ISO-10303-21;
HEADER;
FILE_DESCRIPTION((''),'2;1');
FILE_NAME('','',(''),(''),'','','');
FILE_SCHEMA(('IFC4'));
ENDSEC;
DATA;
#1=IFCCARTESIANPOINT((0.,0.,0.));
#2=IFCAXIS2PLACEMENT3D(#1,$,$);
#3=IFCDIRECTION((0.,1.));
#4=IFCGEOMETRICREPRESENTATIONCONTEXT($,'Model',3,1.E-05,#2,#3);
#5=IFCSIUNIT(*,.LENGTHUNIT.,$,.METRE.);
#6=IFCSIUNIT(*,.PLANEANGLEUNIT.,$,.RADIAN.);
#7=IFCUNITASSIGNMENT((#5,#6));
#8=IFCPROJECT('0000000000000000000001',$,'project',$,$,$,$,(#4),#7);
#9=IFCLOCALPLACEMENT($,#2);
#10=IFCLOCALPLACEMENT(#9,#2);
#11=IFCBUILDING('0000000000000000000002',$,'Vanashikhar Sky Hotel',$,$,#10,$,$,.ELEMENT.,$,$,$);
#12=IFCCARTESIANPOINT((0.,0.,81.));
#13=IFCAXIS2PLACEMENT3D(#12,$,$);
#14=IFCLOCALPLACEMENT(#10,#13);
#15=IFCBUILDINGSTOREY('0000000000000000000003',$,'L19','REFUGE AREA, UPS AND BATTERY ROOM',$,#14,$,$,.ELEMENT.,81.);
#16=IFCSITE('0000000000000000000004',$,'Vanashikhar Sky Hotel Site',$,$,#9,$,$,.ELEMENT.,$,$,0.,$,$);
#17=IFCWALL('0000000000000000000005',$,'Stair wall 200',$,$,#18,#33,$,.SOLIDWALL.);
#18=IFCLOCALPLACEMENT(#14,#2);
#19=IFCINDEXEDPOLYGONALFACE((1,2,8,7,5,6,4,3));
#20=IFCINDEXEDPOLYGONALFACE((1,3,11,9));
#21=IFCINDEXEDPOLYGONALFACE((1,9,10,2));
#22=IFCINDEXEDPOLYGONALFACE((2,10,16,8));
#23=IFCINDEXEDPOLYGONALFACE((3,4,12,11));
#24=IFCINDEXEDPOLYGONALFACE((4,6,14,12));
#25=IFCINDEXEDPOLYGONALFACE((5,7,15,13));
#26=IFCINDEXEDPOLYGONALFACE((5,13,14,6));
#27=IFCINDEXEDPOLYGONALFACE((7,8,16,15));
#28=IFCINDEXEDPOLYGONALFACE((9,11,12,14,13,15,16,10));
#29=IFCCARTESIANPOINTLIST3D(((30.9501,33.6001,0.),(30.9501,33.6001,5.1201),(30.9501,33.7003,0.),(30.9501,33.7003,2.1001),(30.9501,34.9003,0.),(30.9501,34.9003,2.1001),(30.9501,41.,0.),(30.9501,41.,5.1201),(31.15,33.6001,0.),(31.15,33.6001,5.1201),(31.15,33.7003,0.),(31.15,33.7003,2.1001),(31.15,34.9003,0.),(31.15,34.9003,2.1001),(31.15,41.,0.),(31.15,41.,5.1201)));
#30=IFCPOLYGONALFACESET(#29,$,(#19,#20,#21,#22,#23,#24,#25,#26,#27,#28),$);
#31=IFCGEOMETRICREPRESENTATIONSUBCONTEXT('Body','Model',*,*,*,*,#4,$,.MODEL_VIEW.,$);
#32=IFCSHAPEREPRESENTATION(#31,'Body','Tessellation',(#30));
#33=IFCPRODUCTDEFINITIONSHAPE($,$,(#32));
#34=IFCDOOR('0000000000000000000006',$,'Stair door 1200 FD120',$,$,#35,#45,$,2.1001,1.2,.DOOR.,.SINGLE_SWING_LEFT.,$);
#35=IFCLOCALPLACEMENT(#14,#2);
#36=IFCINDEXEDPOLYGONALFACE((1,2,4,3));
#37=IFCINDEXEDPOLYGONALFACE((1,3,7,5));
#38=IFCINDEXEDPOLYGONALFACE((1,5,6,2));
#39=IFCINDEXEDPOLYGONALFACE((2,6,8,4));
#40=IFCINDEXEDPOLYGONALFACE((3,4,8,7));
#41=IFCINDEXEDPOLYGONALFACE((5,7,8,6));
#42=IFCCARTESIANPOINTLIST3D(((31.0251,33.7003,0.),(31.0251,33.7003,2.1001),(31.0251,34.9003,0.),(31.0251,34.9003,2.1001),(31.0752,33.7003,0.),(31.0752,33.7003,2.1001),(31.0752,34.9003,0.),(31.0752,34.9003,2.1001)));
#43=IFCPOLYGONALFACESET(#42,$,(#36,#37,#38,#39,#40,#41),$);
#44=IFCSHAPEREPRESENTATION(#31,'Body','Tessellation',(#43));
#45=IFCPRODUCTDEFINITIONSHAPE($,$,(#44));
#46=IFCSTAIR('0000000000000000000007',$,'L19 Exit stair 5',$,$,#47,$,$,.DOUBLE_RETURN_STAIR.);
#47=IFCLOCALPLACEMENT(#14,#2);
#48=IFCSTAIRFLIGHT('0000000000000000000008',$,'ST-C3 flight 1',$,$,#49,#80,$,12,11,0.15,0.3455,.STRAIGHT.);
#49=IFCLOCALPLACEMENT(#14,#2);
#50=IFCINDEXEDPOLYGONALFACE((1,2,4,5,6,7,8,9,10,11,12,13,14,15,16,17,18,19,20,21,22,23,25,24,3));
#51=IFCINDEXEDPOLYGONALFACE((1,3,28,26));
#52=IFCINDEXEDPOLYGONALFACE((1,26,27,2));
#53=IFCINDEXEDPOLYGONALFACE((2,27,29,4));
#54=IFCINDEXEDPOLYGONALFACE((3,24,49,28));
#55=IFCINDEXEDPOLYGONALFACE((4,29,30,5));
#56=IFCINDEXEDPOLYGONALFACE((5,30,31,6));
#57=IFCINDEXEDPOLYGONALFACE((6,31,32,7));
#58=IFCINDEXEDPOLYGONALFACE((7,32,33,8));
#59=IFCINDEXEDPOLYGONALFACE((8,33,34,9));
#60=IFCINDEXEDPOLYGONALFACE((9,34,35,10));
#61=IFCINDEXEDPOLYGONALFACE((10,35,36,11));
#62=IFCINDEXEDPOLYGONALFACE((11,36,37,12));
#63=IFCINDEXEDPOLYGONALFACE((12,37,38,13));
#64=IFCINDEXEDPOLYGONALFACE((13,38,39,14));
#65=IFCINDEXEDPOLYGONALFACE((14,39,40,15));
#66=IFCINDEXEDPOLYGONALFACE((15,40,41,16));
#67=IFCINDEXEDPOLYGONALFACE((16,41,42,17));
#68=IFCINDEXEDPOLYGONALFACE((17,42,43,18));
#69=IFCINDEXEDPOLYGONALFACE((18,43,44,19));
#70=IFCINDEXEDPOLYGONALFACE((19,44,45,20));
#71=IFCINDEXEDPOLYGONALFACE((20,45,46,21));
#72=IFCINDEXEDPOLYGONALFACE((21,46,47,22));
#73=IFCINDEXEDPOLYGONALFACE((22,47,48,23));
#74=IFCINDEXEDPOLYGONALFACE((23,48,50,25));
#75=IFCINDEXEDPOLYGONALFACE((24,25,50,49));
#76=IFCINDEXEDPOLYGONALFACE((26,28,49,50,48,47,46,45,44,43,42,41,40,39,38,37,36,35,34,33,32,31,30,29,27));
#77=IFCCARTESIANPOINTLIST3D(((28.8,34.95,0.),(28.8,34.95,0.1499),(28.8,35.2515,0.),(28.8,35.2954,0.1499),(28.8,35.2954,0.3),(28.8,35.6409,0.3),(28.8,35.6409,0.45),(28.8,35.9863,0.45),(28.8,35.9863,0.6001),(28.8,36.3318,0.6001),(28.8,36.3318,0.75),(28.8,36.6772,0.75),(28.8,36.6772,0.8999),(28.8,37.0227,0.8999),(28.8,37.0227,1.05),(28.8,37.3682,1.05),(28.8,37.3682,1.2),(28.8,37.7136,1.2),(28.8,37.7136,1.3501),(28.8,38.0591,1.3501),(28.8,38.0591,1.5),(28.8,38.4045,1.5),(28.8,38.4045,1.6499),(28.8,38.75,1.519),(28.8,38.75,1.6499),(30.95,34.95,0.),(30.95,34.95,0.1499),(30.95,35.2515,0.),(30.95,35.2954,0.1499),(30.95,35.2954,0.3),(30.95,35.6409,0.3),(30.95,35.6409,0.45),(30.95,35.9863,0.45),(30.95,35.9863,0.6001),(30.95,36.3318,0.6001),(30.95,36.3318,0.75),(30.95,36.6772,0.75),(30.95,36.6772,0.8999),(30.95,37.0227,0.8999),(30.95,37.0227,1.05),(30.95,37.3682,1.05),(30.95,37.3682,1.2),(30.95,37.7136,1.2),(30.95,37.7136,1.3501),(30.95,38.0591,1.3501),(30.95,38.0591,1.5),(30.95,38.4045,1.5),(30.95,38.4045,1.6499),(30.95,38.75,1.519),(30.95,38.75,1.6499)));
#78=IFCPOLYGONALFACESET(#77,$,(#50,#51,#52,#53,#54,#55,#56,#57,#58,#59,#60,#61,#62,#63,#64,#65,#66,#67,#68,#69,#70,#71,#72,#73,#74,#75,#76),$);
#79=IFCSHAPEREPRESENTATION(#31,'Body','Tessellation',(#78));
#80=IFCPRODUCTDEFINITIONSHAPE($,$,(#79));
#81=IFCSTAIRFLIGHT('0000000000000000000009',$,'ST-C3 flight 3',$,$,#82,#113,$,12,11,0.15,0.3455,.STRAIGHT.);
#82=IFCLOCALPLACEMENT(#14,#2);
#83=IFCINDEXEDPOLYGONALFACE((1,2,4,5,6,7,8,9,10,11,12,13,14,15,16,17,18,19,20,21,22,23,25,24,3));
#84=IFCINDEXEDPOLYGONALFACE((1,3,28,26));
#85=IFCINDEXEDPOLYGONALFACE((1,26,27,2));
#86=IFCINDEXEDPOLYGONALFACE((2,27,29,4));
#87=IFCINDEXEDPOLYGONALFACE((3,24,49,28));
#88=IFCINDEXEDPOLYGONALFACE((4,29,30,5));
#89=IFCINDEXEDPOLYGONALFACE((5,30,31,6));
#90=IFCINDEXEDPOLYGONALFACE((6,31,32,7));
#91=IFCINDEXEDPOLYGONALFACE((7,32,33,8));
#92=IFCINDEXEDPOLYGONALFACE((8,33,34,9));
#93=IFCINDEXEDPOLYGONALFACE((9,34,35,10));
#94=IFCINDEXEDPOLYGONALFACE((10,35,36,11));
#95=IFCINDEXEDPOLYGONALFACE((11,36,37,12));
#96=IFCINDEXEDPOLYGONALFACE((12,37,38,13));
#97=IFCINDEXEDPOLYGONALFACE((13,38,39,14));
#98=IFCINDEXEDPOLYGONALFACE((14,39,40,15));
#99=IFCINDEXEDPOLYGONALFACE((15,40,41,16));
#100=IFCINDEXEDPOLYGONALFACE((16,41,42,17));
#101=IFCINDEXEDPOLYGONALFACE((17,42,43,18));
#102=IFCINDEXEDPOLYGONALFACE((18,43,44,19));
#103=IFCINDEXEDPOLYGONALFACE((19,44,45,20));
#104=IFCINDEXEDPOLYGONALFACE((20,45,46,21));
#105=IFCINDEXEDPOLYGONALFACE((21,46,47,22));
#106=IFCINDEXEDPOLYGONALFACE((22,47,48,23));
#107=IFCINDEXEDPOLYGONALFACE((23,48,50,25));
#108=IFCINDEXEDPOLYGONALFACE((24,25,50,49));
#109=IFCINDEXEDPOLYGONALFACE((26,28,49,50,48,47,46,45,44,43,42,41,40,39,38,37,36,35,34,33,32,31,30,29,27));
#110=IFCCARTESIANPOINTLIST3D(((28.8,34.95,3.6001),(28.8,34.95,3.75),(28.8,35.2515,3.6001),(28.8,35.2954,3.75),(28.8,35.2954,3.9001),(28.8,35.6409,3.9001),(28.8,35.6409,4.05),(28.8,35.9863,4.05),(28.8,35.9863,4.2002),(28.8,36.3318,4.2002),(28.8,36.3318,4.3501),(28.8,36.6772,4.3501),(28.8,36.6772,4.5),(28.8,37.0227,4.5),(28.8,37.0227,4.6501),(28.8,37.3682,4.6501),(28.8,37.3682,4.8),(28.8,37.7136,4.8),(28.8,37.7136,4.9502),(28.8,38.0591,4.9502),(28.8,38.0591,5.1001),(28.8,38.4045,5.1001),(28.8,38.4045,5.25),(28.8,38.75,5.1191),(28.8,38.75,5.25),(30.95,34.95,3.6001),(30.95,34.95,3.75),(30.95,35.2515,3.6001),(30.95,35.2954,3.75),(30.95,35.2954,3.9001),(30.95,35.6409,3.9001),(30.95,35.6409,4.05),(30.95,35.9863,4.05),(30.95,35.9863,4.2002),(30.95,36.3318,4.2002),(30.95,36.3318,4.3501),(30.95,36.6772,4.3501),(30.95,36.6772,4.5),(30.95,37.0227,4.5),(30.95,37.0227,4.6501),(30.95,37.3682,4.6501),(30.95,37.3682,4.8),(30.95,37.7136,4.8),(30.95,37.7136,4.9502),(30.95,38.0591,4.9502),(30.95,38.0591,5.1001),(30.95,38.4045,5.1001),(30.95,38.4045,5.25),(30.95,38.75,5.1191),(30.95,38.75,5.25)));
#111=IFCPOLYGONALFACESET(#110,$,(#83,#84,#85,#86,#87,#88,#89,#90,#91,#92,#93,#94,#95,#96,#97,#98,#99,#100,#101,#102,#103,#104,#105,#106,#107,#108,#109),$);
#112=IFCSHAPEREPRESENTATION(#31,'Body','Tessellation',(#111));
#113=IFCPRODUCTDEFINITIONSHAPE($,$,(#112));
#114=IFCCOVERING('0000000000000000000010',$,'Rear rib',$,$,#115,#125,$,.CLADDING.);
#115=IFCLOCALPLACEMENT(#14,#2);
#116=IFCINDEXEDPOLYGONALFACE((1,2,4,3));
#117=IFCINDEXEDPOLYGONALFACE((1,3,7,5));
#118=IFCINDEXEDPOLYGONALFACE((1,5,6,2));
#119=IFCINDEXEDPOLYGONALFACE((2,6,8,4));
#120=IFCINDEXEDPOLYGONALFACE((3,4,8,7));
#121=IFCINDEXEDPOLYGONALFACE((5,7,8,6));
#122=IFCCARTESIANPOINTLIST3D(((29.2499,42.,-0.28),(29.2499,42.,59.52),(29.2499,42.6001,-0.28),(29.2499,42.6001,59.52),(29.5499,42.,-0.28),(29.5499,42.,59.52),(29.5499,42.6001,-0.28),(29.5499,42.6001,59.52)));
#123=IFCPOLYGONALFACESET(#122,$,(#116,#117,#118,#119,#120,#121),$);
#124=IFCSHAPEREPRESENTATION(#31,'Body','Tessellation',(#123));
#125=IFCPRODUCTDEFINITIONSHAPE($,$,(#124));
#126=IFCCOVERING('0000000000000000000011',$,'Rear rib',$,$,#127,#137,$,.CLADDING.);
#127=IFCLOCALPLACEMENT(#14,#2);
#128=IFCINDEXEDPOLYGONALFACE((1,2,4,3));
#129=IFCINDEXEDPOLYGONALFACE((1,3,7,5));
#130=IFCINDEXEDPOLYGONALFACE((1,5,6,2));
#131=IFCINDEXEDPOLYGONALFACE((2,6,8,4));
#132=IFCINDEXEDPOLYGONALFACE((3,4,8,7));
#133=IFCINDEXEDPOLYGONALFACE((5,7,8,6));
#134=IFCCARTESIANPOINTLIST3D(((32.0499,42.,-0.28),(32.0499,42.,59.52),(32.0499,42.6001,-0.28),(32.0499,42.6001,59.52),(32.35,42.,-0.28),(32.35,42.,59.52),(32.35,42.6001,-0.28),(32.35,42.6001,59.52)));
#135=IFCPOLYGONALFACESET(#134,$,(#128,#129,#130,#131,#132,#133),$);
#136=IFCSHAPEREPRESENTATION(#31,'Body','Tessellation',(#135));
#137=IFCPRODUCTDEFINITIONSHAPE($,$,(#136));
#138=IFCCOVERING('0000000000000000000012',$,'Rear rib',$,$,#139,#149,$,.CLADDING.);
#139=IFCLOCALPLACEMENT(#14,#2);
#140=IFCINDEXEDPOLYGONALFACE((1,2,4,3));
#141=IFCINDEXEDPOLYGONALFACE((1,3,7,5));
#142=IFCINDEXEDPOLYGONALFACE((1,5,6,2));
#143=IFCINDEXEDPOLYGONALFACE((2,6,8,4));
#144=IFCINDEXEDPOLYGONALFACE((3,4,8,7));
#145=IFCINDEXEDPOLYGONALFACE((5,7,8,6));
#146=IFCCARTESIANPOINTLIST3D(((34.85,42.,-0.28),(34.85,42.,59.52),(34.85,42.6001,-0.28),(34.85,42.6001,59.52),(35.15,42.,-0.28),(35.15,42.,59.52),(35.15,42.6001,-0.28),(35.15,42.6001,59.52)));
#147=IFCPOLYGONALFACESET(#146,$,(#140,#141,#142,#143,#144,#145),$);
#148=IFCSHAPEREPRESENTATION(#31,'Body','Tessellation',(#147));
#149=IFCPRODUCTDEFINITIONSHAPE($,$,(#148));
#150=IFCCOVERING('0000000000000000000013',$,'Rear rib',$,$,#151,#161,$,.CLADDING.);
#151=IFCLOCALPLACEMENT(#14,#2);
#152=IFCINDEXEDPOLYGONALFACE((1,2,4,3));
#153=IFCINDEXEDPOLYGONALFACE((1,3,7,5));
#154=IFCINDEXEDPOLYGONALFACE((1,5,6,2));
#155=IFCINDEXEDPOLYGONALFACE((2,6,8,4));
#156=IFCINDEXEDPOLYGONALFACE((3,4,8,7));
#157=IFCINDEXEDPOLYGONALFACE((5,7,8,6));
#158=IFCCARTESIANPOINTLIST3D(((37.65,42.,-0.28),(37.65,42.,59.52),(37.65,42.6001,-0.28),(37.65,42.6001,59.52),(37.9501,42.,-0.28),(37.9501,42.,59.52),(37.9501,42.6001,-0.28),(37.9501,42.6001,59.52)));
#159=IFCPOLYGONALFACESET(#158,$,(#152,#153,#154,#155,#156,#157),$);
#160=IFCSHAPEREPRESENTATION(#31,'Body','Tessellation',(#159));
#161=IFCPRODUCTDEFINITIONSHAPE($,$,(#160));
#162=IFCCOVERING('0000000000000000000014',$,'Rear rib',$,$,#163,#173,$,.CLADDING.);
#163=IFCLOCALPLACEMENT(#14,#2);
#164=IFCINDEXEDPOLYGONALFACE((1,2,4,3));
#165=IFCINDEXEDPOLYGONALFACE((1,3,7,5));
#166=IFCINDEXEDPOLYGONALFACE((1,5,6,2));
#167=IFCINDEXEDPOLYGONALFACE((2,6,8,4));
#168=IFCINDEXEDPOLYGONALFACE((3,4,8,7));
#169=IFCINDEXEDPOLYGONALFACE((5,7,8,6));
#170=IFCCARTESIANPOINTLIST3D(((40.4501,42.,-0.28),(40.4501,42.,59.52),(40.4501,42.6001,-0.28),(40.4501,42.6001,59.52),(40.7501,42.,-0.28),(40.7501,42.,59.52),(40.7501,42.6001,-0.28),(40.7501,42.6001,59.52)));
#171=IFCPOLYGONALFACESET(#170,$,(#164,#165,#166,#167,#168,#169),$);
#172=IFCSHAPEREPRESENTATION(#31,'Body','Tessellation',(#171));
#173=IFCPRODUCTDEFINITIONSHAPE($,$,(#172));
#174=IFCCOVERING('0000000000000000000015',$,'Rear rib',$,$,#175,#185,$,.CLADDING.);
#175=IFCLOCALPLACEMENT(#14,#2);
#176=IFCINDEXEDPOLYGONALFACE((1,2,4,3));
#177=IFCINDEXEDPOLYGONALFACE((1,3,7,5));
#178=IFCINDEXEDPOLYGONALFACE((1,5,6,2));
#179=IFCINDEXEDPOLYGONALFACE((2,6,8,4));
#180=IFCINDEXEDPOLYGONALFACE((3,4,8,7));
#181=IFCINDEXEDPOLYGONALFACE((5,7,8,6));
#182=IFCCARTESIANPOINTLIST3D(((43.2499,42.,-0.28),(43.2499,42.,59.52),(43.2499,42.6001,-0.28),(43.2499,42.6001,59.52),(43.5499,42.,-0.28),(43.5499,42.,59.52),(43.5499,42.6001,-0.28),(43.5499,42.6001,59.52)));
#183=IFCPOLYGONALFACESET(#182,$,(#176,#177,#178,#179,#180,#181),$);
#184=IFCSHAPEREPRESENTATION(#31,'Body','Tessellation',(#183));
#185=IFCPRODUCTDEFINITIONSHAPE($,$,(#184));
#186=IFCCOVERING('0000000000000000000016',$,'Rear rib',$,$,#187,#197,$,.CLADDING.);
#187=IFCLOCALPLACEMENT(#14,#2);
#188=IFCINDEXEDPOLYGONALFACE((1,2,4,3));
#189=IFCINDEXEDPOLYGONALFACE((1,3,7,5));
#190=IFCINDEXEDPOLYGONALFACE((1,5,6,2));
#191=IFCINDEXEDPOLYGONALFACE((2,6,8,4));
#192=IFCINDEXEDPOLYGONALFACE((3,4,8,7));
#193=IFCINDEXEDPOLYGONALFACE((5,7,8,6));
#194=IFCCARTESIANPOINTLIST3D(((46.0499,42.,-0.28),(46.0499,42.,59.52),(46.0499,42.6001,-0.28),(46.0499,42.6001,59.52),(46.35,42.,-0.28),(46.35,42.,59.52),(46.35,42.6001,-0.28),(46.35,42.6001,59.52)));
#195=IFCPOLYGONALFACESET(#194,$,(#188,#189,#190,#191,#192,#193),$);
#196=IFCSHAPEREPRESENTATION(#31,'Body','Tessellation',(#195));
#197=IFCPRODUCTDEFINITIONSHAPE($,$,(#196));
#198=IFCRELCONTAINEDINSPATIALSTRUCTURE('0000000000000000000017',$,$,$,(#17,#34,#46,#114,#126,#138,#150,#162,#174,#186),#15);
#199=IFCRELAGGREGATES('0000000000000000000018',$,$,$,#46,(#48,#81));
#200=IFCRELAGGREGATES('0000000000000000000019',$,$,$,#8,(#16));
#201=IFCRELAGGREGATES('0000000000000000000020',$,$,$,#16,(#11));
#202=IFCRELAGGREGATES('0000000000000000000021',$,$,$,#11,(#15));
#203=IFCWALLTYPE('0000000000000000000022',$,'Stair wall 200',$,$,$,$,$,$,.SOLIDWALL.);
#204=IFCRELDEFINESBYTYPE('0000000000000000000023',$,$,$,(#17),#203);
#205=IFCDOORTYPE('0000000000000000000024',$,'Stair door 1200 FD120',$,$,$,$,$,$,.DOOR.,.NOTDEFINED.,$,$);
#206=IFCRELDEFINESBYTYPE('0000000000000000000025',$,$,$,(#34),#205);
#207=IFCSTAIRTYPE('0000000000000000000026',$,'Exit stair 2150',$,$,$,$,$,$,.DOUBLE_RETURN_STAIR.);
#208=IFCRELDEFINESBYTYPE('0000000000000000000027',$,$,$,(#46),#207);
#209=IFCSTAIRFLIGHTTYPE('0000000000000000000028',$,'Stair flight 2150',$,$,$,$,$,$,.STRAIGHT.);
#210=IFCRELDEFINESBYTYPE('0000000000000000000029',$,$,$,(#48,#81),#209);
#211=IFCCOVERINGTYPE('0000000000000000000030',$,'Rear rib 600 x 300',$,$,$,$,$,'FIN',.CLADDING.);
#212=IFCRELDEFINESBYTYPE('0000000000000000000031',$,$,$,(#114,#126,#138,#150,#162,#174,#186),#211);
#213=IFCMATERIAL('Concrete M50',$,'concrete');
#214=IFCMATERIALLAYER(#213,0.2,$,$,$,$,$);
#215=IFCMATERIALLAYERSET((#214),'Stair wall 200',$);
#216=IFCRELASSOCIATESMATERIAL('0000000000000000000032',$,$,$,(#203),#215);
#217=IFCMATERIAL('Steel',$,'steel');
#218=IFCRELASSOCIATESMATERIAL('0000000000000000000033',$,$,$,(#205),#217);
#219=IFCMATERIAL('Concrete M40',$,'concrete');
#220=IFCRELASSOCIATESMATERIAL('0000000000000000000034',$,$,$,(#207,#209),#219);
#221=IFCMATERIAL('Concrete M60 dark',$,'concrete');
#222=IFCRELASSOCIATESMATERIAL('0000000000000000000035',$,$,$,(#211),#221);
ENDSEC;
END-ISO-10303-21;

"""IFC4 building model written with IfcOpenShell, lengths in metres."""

from ifc_helpers import new_model, si_unit, direction, frame, frame_2d, origin, origin_2d, place, context, subcontext, project, spatial, polyline, rectangle, outline, extrude, source, transform, mapped, material, layer, layer_set, material_profile, profile_set, type_object, element, fill, aggregate, save


model = new_model("IFC4")

# Units and contexts
model_context = context("Model", 3, precision=1e-05, world=origin(), true_north=direction((0.0, 1.0)))
body_context = subcontext(model_context, "Body", "Model", "MODEL_VIEW")
ifc_project = project(units=[si_unit("LENGTHUNIT", "METRE"), si_unit("PLANEANGLEUNIT", "RADIAN")], contexts=[model_context])

# Site, building, storey
site_placement = place(None, origin())
site = spatial("IfcSite", under=ifc_project, at=site_placement, Name="Vanashikhar Sky Hotel Site", CompositionType="ELEMENT", RefElevation=0.0)
building_placement = place(site_placement, origin())
building = spatial("IfcBuilding", under=site, at=building_placement, Name="Vanashikhar Sky Hotel", CompositionType="ELEMENT")
storey_placement = place(building_placement, frame((0.0, 0.0, 81.0)))
storey = spatial("IfcBuildingStorey", under=building, at=storey_placement, Name="L19", Description="REFUGE AREA, UPS AND BATTERY ROOM", CompositionType="ELEMENT", Elevation=81.0)

# Shared definitions
ifc_material_1 = material(Name="Steel", Category="steel")

# Shared definitions
ifc_material_2 = material(Name="Concrete M40", Category="concrete")

# Wall, opening, door
ifc_material_3 = material(Name="Concrete M50", Category="concrete")
ifc_layer_1 = layer(ifc_material_3, 0.2)
ifc_layer_set_1 = layer_set([ifc_layer_1], Name="Stair wall 200")
wall_type_1 = type_object("IfcWallType", Name="Stair wall 200", PredefinedType="SOLIDWALL", material=ifc_layer_set_1)
shared_shape_1 = source(origin(), body_context, "Body", "SweptSolid", [
    extrude(rectangle(XDim=7.3999, YDim=0.2, at=frame_2d((3.7, 0.0))), origin(), (0.0, 0.0, 1.0), 5.1201),
])
wall_1_placement = place(storey_placement, frame((31.05, 33.6001, 0.0), z_axis=(0.0, 0.0, 1.0), x_axis=(0.0, 1.0, 0.0)))
wall_1 = element("IfcWall", 1, at=wall_1_placement, inside=storey, type_object=wall_type_1, Name="Stair wall 200", PredefinedType="SOLIDWALL", context=body_context, shape_type="MappedRepresentation", body=[
    mapped(shared_shape_1, transform((0.0, 0.0, 0.0), scale=1.0)),
])
shared_shape_2 = source(origin(), body_context, "Body", "SweptSolid", [
    extrude(rectangle(XDim=1.2, YDim=2.1001, at=frame_2d((0.6001, 1.05))), frame((0.0, 0.1099, 0.0), z_axis=(0.0, -1.0, 0.0), x_axis=(1.0, 0.0, 0.0)), (0.0, 0.0, 1.0), 0.22),
])
opening_1_placement = place(wall_1_placement, frame((0.1001, 0.0, 0.0)))
opening_1 = element("IfcOpeningElement", 2, at=opening_1_placement, cuts=wall_1, PredefinedType="OPENING", context=body_context, shape_type="MappedRepresentation", body=[
    mapped(shared_shape_2, transform((0.0, 0.0, 0.0), scale=1.0)),
])
door_type_1 = type_object("IfcDoorType", Name="Stair door 1200 FD120", OperationType="NOTDEFINED", PredefinedType="DOOR", material=ifc_material_1)
shared_shape_3 = source(origin(), body_context, "Body", "SweptSolid", [
    extrude(rectangle(XDim=1.2, YDim=2.1001, at=frame_2d((0.6001, 1.05))), frame((0.0, 0.0249, 0.0), z_axis=(0.0, -1.0, 0.0), x_axis=(1.0, 0.0, 0.0)), (0.0, 0.0, 1.0), 0.05),
])
door_1_placement = place(opening_1_placement, origin())
door_1 = element("IfcDoor", 3, at=door_1_placement, inside=storey, type_object=door_type_1, Name="Stair door 1200 FD120", OperationType="SINGLE_SWING_LEFT", OverallHeight=2.1001, OverallWidth=1.2, PredefinedType="DOOR", context=body_context, shape_type="MappedRepresentation", body=[
    mapped(shared_shape_3, transform((0.0, 0.0, 0.0), scale=1.0)),
])
fill(opening_1, door_1)

# Stair, stair flights
stair_type = type_object("IfcStairType", Name="Exit stair 2150", PredefinedType="DOUBLE_RETURN_STAIR", material=ifc_material_2)
stair_placement = place(storey_placement, origin())
stair = element("IfcStair", 4, at=stair_placement, inside=storey, type_object=stair_type, Name="L19 Exit stair 5", PredefinedType="DOUBLE_RETURN_STAIR")
stair_flight_type = type_object("IfcStairFlightType", Name="Stair flight 2150", PredefinedType="STRAIGHT", material=ifc_material_2)
shared_shape_4 = source(origin(), body_context, "Body", "SweptSolid", [
    extrude(outline(polyline([(0.0, 0.0), (0.0, 0.1499), (0.3455, 0.1499), (0.3455, 0.3), (0.6909, 0.3), (0.6909, 0.45), (1.0364, 0.45), (1.0364, 0.6001), (1.3818, 0.6001), (1.3818, 0.75), (1.7273, 0.75), (1.7273, 0.8999), (2.0728, 0.8999), (2.0728, 1.05), (2.4182, 1.05), (2.4182, 1.2), (2.7637, 1.2), (2.7637, 1.3501), (3.1091, 1.3501), (3.1091, 1.5), (3.4546, 1.5), (3.4546, 1.6499), (3.8, 1.6499), (3.8, 1.8), (3.8, 1.519), (0.3015, 0.0), (0.0, 0.0)])), frame((0.0, 1.075, 0.0), z_axis=(0.0, -1.0, 0.0), x_axis=(1.0, 0.0, 0.0)), (0.0, 0.0, 1.0), 2.1499),
])
stair_flight_1_placement = place(storey_placement, frame((29.875, 34.95, 0.0), z_axis=(0.0, 0.0, 1.0), x_axis=(0.0, 1.0, 0.0)))
stair_flight_1 = element("IfcStairFlight", 5, at=stair_flight_1_placement, type_object=stair_flight_type, Name="ST-C3 flight 1", NumberOfRisers=12, NumberOfTreads=11, PredefinedType="STRAIGHT", RiserHeight=0.15, TreadLength=0.3455, context=body_context, shape_type="MappedRepresentation", body=[
    mapped(shared_shape_4, transform((0.0, 0.0, 0.0), scale=1.0)),
])
stair_flight_2_placement = place(storey_placement, frame((29.875, 34.95, 3.6001), z_axis=(0.0, 0.0, 1.0), x_axis=(0.0, 1.0, 0.0)))
stair_flight_2 = element("IfcStairFlight", 6, at=stair_flight_2_placement, type_object=stair_flight_type, Name="ST-C3 flight 3", NumberOfRisers=12, NumberOfTreads=11, PredefinedType="STRAIGHT", RiserHeight=0.15, TreadLength=0.3455, context=body_context, shape_type="MappedRepresentation", body=[
    mapped(shared_shape_4, transform((0.0, 0.0, 0.0), scale=1.0)),
])
aggregate(stair, [stair_flight_1, stair_flight_2])

# Coverings
ifc_material_4 = material(Name="Concrete M60 dark", Category="concrete")
ifc_material_profile = material_profile(ifc_material_4, rectangle(XDim=0.6001, YDim=0.3, at=origin_2d()))
ifc_profile_set = profile_set([ifc_material_profile], Name="Rear rib 600 x 300")
covering_type = type_object("IfcCoveringType", Name="Rear rib 600 x 300", ElementType="FIN", PredefinedType="CLADDING", material=ifc_profile_set)
shared_shape_5 = source(origin(), body_context, "Body", "SweptSolid", [
    extrude(rectangle(XDim=0.6001, YDim=0.3, at=origin_2d()), origin(), (0.0, 0.0, 1.0), 59.8),
])
for number, where, z_axis, x_axis, name in (
    (7, (29.3999, 42.3, -0.28), (0.0, 0.0, 1.0), (0.0, 1.0, 0.0), "Rear rib"),
    (8, (32.2, 42.3, -0.28), (0.0, 0.0, 1.0), (0.0, 1.0, 0.0), "Rear rib"),
    (9, (35.0, 42.3, -0.28), (0.0, 0.0, 1.0), (0.0, 1.0, 0.0), "Rear rib"),
    (10, (37.8, 42.3, -0.28), (0.0, 0.0, 1.0), (0.0, 1.0, 0.0), "Rear rib"),
    (11, (40.6001, 42.3, -0.28), (0.0, 0.0, 1.0), (0.0, 1.0, 0.0), "Rear rib"),
    (12, (43.3999, 42.3, -0.28), (0.0, 0.0, 1.0), (0.0, 1.0, 0.0), "Rear rib"),
    (13, (46.2, 42.3, -0.28), (0.0, 0.0, 1.0), (0.0, 1.0, 0.0), "Rear rib"),
):
    element("IfcCovering", number, at=place(storey_placement, frame(where, z_axis=z_axis, x_axis=x_axis)), inside=storey, type_object=covering_type, Name=name, PredefinedType="CLADDING", context=body_context, shape_type="MappedRepresentation", body=[
        mapped(shared_shape_5, transform((0.0, 0.0, 0.0), scale=1.0)),
    ])

save(model, "model.ifc")
